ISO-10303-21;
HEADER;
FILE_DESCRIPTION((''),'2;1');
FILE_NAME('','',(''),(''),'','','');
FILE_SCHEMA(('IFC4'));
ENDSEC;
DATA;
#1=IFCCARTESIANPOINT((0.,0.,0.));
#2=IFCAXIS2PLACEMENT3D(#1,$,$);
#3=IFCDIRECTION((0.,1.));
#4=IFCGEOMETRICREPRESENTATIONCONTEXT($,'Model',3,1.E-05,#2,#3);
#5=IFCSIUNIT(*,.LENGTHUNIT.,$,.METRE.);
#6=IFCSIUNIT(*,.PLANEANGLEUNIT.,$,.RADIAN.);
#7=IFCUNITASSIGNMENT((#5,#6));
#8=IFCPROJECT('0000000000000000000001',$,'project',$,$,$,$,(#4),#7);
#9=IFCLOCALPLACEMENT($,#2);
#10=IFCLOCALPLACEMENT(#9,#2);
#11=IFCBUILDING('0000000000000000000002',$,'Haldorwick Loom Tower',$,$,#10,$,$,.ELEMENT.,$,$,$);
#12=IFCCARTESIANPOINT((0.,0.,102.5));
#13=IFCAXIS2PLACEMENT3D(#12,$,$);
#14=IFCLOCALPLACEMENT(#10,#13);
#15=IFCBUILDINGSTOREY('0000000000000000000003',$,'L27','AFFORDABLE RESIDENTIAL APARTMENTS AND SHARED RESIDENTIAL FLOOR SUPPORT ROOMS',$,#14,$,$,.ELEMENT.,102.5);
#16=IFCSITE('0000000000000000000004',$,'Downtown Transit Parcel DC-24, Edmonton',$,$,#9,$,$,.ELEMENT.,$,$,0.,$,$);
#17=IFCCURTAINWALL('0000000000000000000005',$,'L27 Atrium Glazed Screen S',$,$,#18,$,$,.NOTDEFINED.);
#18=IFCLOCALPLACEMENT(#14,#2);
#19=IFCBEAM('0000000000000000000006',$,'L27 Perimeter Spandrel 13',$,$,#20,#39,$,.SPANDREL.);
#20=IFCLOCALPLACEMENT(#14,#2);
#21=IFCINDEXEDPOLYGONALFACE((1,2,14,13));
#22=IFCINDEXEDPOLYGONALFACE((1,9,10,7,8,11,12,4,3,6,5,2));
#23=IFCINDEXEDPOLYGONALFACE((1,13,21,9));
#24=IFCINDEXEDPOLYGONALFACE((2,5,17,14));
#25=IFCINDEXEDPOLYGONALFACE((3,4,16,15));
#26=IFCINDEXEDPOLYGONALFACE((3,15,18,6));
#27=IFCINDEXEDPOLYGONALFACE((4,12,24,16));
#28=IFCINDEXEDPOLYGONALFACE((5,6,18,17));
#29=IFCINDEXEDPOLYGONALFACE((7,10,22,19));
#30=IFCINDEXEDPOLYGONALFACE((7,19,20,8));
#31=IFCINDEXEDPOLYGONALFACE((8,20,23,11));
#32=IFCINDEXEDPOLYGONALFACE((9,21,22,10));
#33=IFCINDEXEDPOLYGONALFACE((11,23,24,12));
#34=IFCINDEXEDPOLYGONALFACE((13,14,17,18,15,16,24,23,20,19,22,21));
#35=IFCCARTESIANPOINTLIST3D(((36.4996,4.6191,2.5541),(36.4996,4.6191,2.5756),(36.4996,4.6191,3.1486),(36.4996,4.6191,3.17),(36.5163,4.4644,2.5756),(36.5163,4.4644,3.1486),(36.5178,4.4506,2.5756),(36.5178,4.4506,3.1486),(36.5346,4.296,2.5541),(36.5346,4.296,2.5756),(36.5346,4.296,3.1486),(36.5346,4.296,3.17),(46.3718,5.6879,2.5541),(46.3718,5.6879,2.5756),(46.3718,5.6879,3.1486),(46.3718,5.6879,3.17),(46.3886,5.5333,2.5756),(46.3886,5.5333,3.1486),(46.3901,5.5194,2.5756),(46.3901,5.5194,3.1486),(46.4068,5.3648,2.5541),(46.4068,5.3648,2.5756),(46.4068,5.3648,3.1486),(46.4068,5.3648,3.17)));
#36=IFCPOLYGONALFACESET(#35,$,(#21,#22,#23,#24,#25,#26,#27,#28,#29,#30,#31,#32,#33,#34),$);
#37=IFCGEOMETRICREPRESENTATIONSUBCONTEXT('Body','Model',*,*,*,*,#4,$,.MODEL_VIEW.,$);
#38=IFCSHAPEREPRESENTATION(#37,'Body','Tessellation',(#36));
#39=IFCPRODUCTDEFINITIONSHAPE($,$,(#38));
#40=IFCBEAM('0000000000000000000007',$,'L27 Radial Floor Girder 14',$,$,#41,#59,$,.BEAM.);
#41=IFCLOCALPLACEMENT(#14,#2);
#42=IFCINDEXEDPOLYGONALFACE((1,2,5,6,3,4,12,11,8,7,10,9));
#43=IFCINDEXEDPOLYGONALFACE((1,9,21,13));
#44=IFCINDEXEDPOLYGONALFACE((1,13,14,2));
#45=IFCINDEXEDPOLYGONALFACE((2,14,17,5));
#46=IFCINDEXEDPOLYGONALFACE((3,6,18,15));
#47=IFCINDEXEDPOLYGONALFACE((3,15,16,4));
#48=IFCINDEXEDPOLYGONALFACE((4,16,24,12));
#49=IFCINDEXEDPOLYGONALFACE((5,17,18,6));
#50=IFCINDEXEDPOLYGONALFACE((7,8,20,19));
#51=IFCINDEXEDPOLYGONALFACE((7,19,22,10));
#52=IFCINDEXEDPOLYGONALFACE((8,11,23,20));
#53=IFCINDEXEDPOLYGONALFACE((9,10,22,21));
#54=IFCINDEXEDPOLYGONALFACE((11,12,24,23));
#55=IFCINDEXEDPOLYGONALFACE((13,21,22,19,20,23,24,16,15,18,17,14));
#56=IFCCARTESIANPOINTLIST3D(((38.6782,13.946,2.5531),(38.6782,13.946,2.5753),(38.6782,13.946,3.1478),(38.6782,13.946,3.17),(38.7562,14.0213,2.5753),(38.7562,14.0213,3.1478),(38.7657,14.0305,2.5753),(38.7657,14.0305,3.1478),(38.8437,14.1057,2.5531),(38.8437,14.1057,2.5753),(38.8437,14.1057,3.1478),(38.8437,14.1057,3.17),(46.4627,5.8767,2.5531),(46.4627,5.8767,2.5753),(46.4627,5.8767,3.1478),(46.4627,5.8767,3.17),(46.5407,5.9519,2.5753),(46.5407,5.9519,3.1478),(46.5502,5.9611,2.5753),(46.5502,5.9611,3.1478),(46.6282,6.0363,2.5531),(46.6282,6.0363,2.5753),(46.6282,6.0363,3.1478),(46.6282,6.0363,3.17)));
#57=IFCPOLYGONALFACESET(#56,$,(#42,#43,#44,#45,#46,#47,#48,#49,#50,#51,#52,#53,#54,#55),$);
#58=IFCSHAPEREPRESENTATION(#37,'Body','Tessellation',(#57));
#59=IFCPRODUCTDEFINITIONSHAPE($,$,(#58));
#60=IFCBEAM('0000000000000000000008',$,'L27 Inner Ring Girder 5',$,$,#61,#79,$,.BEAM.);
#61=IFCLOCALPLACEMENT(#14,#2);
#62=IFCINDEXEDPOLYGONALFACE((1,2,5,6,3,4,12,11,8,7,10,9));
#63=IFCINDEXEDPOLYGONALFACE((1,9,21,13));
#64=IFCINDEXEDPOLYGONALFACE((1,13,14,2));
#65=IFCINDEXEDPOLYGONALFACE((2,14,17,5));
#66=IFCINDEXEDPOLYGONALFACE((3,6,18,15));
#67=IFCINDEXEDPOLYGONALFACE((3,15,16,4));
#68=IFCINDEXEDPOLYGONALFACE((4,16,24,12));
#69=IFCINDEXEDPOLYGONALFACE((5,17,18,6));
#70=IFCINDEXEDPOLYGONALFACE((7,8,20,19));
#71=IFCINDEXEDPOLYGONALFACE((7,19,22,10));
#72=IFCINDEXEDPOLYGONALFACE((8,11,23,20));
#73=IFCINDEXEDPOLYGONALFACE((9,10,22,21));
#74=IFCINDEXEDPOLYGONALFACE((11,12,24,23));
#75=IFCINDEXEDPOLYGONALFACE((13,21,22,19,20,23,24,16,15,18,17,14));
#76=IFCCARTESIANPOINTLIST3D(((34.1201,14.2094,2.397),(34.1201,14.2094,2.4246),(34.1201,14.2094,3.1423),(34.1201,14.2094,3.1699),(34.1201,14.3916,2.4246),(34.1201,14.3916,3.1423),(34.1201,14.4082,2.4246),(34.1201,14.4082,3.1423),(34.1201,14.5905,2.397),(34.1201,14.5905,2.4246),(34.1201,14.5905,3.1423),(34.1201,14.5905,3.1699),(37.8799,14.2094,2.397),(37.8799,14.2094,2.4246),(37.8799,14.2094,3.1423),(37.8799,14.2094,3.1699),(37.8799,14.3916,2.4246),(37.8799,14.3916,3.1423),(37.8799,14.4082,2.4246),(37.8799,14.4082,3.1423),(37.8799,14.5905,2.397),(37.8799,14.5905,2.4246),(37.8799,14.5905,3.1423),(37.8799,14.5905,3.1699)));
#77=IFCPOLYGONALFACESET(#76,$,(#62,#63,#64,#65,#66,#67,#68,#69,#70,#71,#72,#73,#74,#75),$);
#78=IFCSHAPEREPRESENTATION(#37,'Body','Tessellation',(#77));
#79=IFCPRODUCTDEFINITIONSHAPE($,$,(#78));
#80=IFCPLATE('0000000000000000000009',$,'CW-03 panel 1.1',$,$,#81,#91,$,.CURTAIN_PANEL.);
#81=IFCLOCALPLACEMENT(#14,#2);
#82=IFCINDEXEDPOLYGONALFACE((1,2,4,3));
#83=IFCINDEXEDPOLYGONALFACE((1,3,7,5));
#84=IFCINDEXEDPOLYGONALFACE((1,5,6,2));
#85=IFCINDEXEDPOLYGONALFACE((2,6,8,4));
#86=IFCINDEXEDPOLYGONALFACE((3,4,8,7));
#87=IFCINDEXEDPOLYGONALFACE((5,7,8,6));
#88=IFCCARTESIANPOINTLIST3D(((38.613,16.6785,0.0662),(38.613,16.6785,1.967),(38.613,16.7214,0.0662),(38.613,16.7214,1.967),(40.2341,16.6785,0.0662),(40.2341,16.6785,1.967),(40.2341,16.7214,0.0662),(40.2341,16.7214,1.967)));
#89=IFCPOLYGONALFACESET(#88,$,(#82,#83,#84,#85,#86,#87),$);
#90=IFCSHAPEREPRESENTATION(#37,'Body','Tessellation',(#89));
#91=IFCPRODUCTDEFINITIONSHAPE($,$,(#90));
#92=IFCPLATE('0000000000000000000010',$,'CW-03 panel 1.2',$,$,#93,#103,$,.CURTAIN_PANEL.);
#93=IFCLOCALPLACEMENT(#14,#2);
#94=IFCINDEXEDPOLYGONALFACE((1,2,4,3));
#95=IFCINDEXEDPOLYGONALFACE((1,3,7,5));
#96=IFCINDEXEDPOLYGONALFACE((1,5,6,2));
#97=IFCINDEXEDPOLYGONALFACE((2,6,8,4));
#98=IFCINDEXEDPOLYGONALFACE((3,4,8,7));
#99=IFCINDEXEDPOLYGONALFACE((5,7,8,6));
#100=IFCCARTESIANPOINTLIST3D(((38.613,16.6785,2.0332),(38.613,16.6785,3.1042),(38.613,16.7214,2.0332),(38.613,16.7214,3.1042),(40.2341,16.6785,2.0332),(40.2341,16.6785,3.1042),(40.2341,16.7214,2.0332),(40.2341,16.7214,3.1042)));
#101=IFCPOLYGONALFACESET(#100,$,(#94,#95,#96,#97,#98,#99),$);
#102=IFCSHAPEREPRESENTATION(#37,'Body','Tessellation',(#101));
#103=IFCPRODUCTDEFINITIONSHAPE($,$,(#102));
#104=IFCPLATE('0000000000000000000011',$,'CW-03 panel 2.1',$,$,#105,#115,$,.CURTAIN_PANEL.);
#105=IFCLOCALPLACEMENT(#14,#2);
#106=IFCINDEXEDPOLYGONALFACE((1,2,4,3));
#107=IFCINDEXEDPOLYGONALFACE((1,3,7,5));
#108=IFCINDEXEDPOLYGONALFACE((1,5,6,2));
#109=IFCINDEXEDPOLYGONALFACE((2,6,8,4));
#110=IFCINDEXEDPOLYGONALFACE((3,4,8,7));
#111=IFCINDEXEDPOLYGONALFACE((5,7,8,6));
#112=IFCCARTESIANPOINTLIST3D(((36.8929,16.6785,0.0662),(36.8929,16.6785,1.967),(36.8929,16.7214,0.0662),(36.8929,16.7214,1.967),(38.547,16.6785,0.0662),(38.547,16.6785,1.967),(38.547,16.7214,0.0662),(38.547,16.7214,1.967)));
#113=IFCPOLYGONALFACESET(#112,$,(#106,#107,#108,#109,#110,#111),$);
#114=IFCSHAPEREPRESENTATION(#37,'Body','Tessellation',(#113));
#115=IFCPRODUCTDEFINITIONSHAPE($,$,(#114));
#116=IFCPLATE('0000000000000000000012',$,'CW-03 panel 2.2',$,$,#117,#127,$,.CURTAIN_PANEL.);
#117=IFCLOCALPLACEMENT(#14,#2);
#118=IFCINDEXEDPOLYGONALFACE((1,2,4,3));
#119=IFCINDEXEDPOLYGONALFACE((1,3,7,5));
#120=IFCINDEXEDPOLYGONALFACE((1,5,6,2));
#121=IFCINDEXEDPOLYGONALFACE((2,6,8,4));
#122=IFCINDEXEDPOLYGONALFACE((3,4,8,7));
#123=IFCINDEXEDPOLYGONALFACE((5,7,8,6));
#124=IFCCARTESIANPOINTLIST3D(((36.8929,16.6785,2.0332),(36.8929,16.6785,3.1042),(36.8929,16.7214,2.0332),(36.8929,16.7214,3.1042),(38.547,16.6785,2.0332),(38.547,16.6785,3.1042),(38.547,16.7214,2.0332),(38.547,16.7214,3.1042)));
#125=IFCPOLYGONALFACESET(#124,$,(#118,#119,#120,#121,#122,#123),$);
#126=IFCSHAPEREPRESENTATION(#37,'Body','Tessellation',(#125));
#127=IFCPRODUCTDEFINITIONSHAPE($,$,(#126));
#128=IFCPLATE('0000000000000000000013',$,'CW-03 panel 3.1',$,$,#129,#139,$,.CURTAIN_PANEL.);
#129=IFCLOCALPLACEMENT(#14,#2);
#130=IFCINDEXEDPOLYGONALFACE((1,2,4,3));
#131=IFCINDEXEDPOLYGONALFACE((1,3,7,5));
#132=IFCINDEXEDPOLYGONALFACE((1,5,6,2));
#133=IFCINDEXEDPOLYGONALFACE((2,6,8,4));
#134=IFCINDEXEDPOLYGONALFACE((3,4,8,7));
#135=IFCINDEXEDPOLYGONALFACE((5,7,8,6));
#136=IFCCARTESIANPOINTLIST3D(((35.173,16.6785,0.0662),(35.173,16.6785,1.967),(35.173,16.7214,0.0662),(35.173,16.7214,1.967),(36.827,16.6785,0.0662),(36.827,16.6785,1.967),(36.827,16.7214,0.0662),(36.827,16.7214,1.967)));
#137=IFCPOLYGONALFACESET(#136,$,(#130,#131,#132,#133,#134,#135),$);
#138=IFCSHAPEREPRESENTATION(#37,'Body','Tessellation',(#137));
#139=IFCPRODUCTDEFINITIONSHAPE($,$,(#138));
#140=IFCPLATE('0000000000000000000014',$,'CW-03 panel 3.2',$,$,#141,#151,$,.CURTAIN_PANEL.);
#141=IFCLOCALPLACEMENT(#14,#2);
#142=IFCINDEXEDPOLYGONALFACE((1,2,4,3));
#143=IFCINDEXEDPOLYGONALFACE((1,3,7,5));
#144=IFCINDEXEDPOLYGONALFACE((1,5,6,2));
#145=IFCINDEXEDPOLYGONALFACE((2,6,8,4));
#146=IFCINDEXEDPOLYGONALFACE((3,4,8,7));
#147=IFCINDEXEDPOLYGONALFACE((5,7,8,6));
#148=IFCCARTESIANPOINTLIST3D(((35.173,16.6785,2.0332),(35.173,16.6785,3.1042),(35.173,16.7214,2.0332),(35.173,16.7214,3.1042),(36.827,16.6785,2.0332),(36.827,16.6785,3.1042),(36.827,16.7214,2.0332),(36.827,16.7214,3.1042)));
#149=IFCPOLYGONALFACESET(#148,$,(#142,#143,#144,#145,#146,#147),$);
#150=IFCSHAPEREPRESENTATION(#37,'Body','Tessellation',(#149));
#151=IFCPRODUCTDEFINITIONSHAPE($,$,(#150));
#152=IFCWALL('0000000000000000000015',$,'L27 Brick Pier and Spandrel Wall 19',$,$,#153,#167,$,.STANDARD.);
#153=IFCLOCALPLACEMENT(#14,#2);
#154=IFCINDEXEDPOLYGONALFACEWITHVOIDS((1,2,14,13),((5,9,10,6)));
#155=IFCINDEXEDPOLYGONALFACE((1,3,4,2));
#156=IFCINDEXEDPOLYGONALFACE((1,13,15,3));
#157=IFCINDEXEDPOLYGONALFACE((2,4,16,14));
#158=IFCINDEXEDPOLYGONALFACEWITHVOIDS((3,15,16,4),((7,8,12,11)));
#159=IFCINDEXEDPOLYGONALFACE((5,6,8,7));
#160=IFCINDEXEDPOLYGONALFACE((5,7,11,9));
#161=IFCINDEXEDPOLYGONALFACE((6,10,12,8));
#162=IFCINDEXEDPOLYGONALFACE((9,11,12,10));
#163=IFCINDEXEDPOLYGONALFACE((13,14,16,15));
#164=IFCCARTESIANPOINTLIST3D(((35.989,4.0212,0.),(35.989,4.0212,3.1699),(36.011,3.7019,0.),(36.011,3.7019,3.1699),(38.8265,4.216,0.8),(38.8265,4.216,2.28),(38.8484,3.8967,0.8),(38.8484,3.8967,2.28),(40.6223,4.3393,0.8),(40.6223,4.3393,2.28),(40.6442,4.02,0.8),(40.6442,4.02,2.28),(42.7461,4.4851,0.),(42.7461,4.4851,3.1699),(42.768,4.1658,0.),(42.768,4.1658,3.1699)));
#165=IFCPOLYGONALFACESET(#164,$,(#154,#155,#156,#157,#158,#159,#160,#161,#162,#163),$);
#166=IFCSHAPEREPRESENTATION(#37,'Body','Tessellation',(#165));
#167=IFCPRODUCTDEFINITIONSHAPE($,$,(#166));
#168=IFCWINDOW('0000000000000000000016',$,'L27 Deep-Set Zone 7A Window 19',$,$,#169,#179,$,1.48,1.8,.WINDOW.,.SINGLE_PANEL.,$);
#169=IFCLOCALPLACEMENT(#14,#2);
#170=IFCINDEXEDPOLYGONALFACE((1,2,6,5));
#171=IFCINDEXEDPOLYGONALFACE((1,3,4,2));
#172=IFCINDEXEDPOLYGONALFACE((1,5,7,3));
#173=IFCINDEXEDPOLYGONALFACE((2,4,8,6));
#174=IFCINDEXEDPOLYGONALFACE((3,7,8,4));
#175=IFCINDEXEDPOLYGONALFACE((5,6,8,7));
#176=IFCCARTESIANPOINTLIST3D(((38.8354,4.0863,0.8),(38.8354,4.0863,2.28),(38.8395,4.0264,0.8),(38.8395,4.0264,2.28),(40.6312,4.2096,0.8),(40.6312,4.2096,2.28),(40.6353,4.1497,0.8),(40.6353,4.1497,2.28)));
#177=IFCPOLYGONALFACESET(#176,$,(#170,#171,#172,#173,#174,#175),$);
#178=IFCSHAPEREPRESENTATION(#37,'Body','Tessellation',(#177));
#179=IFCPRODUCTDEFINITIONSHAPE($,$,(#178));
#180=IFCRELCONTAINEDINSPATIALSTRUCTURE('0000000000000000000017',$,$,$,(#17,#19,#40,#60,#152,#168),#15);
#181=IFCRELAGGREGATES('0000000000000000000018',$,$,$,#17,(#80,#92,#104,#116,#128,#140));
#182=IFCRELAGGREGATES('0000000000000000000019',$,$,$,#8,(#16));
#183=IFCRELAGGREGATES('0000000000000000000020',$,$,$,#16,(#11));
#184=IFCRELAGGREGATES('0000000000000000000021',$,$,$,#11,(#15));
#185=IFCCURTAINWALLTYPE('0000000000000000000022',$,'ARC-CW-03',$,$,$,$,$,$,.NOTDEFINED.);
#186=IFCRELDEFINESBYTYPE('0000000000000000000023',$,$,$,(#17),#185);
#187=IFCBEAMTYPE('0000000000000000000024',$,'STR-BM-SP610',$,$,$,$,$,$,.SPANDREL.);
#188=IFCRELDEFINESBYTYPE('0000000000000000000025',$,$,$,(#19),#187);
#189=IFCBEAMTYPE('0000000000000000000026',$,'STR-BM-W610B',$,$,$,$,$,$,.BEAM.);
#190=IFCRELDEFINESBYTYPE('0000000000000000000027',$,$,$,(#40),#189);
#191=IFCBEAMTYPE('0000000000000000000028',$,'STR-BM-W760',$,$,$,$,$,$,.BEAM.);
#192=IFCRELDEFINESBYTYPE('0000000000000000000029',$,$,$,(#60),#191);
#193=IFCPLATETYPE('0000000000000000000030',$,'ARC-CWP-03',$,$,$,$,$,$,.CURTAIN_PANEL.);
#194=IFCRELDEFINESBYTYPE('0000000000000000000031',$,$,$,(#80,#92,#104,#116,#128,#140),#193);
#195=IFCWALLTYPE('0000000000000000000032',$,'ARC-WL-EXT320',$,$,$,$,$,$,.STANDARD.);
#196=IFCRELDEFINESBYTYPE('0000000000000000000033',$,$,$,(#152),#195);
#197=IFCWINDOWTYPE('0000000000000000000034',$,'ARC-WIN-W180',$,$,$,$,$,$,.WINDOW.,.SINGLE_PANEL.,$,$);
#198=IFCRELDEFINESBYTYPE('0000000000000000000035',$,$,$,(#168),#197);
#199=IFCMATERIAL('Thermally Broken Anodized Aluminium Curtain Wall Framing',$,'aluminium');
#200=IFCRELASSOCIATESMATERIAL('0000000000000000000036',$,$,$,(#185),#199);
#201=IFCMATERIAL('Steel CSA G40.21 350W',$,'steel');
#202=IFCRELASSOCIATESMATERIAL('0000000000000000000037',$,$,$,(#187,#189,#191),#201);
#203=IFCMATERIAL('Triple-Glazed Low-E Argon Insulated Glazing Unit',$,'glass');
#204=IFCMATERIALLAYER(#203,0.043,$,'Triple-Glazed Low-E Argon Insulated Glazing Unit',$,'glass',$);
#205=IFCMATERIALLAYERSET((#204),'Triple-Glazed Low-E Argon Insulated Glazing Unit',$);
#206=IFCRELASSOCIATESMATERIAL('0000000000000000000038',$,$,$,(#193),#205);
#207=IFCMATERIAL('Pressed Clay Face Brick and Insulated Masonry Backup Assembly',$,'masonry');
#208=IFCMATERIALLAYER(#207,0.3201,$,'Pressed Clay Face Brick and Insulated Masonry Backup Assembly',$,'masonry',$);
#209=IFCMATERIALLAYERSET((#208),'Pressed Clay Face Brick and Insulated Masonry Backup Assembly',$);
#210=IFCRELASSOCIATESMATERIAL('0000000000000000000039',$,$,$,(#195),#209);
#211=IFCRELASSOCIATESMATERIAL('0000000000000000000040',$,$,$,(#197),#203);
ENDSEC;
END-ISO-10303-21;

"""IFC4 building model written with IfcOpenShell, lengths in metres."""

from ifc_helpers import new_model, si_unit, direction, frame, frame_2d, origin, origin_2d, place, context, subcontext, project, spatial, rectangle, i_section, extrude, material, layer, layer_set, material_profile, profile_set, type_object, element, fill, aggregate, save


model = new_model("IFC4")

# Units and contexts
model_context = context("Model", 3, precision=1e-05, world=origin(), true_north=direction((0.0, 1.0)))
body_context = subcontext(model_context, "Body", "Model", "MODEL_VIEW")
ifc_project = project(units=[si_unit("LENGTHUNIT", "METRE"), si_unit("PLANEANGLEUNIT", "RADIAN")], contexts=[model_context])

# Site, building, storey
site_placement = place(None, origin())
site = spatial("IfcSite", under=ifc_project, at=site_placement, Name="Downtown Transit Parcel DC-24, Edmonton", CompositionType="ELEMENT", RefElevation=0.0)
building_placement = place(site_placement, origin())
building = spatial("IfcBuilding", under=site, at=building_placement, Name="Haldorwick Loom Tower", CompositionType="ELEMENT")
storey_placement = place(building_placement, frame((0.0, 0.0, 102.5)))
storey = spatial("IfcBuildingStorey", under=building, at=storey_placement, Name="L27", Description="AFFORDABLE RESIDENTIAL APARTMENTS AND SHARED RESIDENTIAL FLOOR SUPPORT ROOMS", CompositionType="ELEMENT", Elevation=102.5)

# Curtain wall
ifc_material_1 = material(Name="Thermally Broken Anodized Aluminium Curtain Wall Framing", Category="aluminium")
curtain_wall_type = type_object("IfcCurtainWallType", Name="ARC-CW-03", PredefinedType="NOTDEFINED", material=ifc_material_1)
curtain_wall_placement = place(storey_placement, origin())
curtain_wall = element("IfcCurtainWall", 1, at=curtain_wall_placement, inside=storey, type_object=curtain_wall_type, Name="L27 Atrium Glazed Screen S", PredefinedType="NOTDEFINED")

# Beams
ifc_material_2 = material(Name="Steel CSA G40.21 350W", Category="steel")
ifc_material_profile_1 = material_profile(ifc_material_2, i_section(OverallWidth=0.325, OverallDepth=0.616, WebThickness=0.0139, FlangeThickness=0.0215, at=origin_2d()), Name="W610X174", Category="steel")
ifc_profile_set_1 = profile_set([ifc_material_profile_1], Name="Steel CSA G40.21 350W")
beam_type_1 = type_object("IfcBeamType", Name="STR-BM-SP610", PredefinedType="SPANDREL", material=ifc_profile_set_1)
beam_1_placement = place(storey_placement, frame((36.5171, 4.4575, 2.8621), z_axis=(0.99419, 0.107638, 0.0), x_axis=(-0.107638, 0.99419, 0.0)))
element("IfcBeam", 2, at=beam_1_placement, inside=storey, type_object=beam_type_1, Name="L27 Perimeter Spandrel 13", PredefinedType="SPANDREL", context=body_context, shape_type="SweptSolid", body=[
    extrude(i_section(OverallWidth=0.325, OverallDepth=0.616, WebThickness=0.0139, FlangeThickness=0.0215, at=origin_2d()), origin(), (0.0, 0.0, 1.0), 9.9299),
])
ifc_material_profile_2 = material_profile(ifc_material_2, i_section(OverallWidth=0.23, OverallDepth=0.6169, WebThickness=0.0132, FlangeThickness=0.0222, at=origin_2d()), Name="W610X140", Category="steel")
ifc_profile_set_2 = profile_set([ifc_material_profile_2], Name="Steel CSA G40.21 350W")
beam_type_2 = type_object("IfcBeamType", Name="STR-BM-W610B", PredefinedType="BEAM", material=ifc_profile_set_2)
beam_2_placement = place(storey_placement, frame((38.761, 14.0259, 2.8616), z_axis=(0.694287, -0.719698, 0.0), x_axis=(0.719698, 0.694287, 0.0)))
element("IfcBeam", 3, at=beam_2_placement, inside=storey, type_object=beam_type_2, Name="L27 Radial Floor Girder 14", PredefinedType="BEAM", context=body_context, shape_type="SweptSolid", body=[
    extrude(i_section(OverallWidth=0.23, OverallDepth=0.6169, WebThickness=0.0132, FlangeThickness=0.0222, at=origin_2d()), origin(), (0.0, 0.0, 1.0), 11.2122),
])
ifc_material_profile_3 = material_profile(ifc_material_2, i_section(OverallWidth=0.3811, OverallDepth=0.7729, WebThickness=0.0166, FlangeThickness=0.0276, at=origin_2d()), Name="W760X257", Category="steel")
ifc_profile_set_3 = profile_set([ifc_material_profile_3], Name="Steel CSA G40.21 350W")
beam_type_3 = type_object("IfcBeamType", Name="STR-BM-W760", PredefinedType="BEAM", material=ifc_profile_set_3)
beam_3_placement = place(storey_placement, frame((37.8799, 14.3999, 2.7834), z_axis=(-1.0, 0.0, 0.0), x_axis=(0.0, -1.0, 0.0)))
element("IfcBeam", 4, at=beam_3_placement, inside=storey, type_object=beam_type_3, Name="L27 Inner Ring Girder 5", PredefinedType="BEAM", context=body_context, shape_type="SweptSolid", body=[
    extrude(i_section(OverallWidth=0.3811, OverallDepth=0.7729, WebThickness=0.0166, FlangeThickness=0.0276, at=origin_2d()), origin(), (0.0, 0.0, 1.0), 3.7598),
])

# Plates
ifc_material_3 = material(Name="Triple-Glazed Low-E Argon Insulated Glazing Unit", Category="glass")
ifc_layer_1 = layer(ifc_material_3, 0.043, Name="Triple-Glazed Low-E Argon Insulated Glazing Unit", Category="glass")
ifc_layer_set_1 = layer_set([ifc_layer_1], Name="Triple-Glazed Low-E Argon Insulated Glazing Unit")
plate_type = type_object("IfcPlateType", Name="ARC-CWP-03", PredefinedType="CURTAIN_PANEL", material=ifc_layer_set_1)
plate_1_placement = place(storey_placement, frame((39.4236, 16.7, 0.0662), z_axis=(0.0, 0.0, 1.0), x_axis=(-1.0, 0.0, 0.0)))
plate_1 = element("IfcPlate", 5, at=plate_1_placement, type_object=plate_type, Name="CW-03 panel 1.1", PredefinedType="CURTAIN_PANEL", context=body_context, shape_type="SweptSolid", body=[
    extrude(rectangle(XDim=1.6211, YDim=0.043, at=origin_2d()), origin(), (0.0, 0.0, 1.0), 1.9009),
])
plate_2_placement = place(storey_placement, frame((39.4236, 16.7, 2.0332), z_axis=(0.0, 0.0, 1.0), x_axis=(-1.0, 0.0, 0.0)))
plate_2 = element("IfcPlate", 6, at=plate_2_placement, type_object=plate_type, Name="CW-03 panel 1.2", PredefinedType="CURTAIN_PANEL", context=body_context, shape_type="SweptSolid", body=[
    extrude(rectangle(XDim=1.6211, YDim=0.043, at=origin_2d()), origin(), (0.0, 0.0, 1.0), 1.071),
])
plate_3_placement = place(storey_placement, frame((37.72, 16.7, 0.0662), z_axis=(0.0, 0.0, 1.0), x_axis=(-1.0, 0.0, 0.0)))
plate_3 = element("IfcPlate", 7, at=plate_3_placement, type_object=plate_type, Name="CW-03 panel 2.1", PredefinedType="CURTAIN_PANEL", context=body_context, shape_type="SweptSolid", body=[
    extrude(rectangle(XDim=1.6541, YDim=0.043, at=origin_2d()), origin(), (0.0, 0.0, 1.0), 1.9009),
])
plate_4_placement = place(storey_placement, frame((37.72, 16.7, 2.0332), z_axis=(0.0, 0.0, 1.0), x_axis=(-1.0, 0.0, 0.0)))
plate_4 = element("IfcPlate", 8, at=plate_4_placement, type_object=plate_type, Name="CW-03 panel 2.2", PredefinedType="CURTAIN_PANEL", context=body_context, shape_type="SweptSolid", body=[
    extrude(rectangle(XDim=1.6541, YDim=0.043, at=origin_2d()), origin(), (0.0, 0.0, 1.0), 1.071),
])
plate_5_placement = place(storey_placement, frame((36.0, 16.7, 0.0662), z_axis=(0.0, 0.0, 1.0), x_axis=(-1.0, 0.0, 0.0)))
plate_5 = element("IfcPlate", 9, at=plate_5_placement, type_object=plate_type, Name="CW-03 panel 3.1", PredefinedType="CURTAIN_PANEL", context=body_context, shape_type="SweptSolid", body=[
    extrude(rectangle(XDim=1.6541, YDim=0.043, at=origin_2d()), origin(), (0.0, 0.0, 1.0), 1.9009),
])
plate_6_placement = place(storey_placement, frame((36.0, 16.7, 2.0332), z_axis=(0.0, 0.0, 1.0), x_axis=(-1.0, 0.0, 0.0)))
plate_6 = element("IfcPlate", 10, at=plate_6_placement, type_object=plate_type, Name="CW-03 panel 3.2", PredefinedType="CURTAIN_PANEL", context=body_context, shape_type="SweptSolid", body=[
    extrude(rectangle(XDim=1.6541, YDim=0.043, at=origin_2d()), origin(), (0.0, 0.0, 1.0), 1.071),
])
aggregate(curtain_wall, [plate_1, plate_2, plate_3, plate_4, plate_5, plate_6])

# Wall, opening, window
ifc_material_4 = material(Name="Pressed Clay Face Brick and Insulated Masonry Backup Assembly", Category="masonry")
ifc_layer_2 = layer(ifc_material_4, 0.3201, Name="Pressed Clay Face Brick and Insulated Masonry Backup Assembly", Category="masonry")
ifc_layer_set_2 = layer_set([ifc_layer_2], Name="Pressed Clay Face Brick and Insulated Masonry Backup Assembly")
wall_type_1 = type_object("IfcWallType", Name="ARC-WL-EXT320", PredefinedType="STANDARD", material=ifc_layer_set_2)
wall_1_placement = place(storey_placement, frame((36.0, 3.8616, 0.0), z_axis=(0.0, 0.0, 1.0), x_axis=(0.997652, 0.068488, 0.0)))
wall_1 = element("IfcWall", 11, at=wall_1_placement, inside=storey, type_object=wall_type_1, Name="L27 Brick Pier and Spandrel Wall 19", PredefinedType="STANDARD", context=body_context, shape_type="SweptSolid", body=[
    extrude(rectangle(XDim=6.7729, YDim=0.3201, at=frame_2d((3.3865, 0.0))), origin(), (0.0, 0.0, 1.0), 3.1699),
])
opening_placement = place(wall_1_placement, frame((2.8442, 0.0, 0.8)))
opening = element("IfcOpeningElement", 12, at=opening_placement, cuts=wall_1, PredefinedType="OPENING", context=body_context, shape_type="SweptSolid", body=[
    extrude(rectangle(XDim=1.8, YDim=1.48, at=frame_2d((0.8999, 0.74))), frame((0.0, 0.1699, 0.0), z_axis=(0.0, -1.0, 0.0), x_axis=(1.0, 0.0, 0.0)), (0.0, 0.0, 1.0), 0.3401),
])
window_type = type_object("IfcWindowType", Name="ARC-WIN-W180", PartitioningType="SINGLE_PANEL", PredefinedType="WINDOW", material=ifc_material_3)
window_placement = place(opening_placement, origin())
window = element("IfcWindow", 13, at=window_placement, inside=storey, type_object=window_type, Name="L27 Deep-Set Zone 7A Window 19", OverallHeight=1.48, OverallWidth=1.8, PartitioningType="SINGLE_PANEL", PredefinedType="WINDOW", context=body_context, shape_type="SweptSolid", body=[
    extrude(rectangle(XDim=1.8, YDim=1.48, at=frame_2d((0.8999, 0.74))), frame((0.0, 0.03, 0.0), z_axis=(0.0, -1.0, 0.0), x_axis=(1.0, 0.0, 0.0)), (0.0, 0.0, 1.0), 0.0601),
])
fill(opening, window)

save(model, "model.ifc")
